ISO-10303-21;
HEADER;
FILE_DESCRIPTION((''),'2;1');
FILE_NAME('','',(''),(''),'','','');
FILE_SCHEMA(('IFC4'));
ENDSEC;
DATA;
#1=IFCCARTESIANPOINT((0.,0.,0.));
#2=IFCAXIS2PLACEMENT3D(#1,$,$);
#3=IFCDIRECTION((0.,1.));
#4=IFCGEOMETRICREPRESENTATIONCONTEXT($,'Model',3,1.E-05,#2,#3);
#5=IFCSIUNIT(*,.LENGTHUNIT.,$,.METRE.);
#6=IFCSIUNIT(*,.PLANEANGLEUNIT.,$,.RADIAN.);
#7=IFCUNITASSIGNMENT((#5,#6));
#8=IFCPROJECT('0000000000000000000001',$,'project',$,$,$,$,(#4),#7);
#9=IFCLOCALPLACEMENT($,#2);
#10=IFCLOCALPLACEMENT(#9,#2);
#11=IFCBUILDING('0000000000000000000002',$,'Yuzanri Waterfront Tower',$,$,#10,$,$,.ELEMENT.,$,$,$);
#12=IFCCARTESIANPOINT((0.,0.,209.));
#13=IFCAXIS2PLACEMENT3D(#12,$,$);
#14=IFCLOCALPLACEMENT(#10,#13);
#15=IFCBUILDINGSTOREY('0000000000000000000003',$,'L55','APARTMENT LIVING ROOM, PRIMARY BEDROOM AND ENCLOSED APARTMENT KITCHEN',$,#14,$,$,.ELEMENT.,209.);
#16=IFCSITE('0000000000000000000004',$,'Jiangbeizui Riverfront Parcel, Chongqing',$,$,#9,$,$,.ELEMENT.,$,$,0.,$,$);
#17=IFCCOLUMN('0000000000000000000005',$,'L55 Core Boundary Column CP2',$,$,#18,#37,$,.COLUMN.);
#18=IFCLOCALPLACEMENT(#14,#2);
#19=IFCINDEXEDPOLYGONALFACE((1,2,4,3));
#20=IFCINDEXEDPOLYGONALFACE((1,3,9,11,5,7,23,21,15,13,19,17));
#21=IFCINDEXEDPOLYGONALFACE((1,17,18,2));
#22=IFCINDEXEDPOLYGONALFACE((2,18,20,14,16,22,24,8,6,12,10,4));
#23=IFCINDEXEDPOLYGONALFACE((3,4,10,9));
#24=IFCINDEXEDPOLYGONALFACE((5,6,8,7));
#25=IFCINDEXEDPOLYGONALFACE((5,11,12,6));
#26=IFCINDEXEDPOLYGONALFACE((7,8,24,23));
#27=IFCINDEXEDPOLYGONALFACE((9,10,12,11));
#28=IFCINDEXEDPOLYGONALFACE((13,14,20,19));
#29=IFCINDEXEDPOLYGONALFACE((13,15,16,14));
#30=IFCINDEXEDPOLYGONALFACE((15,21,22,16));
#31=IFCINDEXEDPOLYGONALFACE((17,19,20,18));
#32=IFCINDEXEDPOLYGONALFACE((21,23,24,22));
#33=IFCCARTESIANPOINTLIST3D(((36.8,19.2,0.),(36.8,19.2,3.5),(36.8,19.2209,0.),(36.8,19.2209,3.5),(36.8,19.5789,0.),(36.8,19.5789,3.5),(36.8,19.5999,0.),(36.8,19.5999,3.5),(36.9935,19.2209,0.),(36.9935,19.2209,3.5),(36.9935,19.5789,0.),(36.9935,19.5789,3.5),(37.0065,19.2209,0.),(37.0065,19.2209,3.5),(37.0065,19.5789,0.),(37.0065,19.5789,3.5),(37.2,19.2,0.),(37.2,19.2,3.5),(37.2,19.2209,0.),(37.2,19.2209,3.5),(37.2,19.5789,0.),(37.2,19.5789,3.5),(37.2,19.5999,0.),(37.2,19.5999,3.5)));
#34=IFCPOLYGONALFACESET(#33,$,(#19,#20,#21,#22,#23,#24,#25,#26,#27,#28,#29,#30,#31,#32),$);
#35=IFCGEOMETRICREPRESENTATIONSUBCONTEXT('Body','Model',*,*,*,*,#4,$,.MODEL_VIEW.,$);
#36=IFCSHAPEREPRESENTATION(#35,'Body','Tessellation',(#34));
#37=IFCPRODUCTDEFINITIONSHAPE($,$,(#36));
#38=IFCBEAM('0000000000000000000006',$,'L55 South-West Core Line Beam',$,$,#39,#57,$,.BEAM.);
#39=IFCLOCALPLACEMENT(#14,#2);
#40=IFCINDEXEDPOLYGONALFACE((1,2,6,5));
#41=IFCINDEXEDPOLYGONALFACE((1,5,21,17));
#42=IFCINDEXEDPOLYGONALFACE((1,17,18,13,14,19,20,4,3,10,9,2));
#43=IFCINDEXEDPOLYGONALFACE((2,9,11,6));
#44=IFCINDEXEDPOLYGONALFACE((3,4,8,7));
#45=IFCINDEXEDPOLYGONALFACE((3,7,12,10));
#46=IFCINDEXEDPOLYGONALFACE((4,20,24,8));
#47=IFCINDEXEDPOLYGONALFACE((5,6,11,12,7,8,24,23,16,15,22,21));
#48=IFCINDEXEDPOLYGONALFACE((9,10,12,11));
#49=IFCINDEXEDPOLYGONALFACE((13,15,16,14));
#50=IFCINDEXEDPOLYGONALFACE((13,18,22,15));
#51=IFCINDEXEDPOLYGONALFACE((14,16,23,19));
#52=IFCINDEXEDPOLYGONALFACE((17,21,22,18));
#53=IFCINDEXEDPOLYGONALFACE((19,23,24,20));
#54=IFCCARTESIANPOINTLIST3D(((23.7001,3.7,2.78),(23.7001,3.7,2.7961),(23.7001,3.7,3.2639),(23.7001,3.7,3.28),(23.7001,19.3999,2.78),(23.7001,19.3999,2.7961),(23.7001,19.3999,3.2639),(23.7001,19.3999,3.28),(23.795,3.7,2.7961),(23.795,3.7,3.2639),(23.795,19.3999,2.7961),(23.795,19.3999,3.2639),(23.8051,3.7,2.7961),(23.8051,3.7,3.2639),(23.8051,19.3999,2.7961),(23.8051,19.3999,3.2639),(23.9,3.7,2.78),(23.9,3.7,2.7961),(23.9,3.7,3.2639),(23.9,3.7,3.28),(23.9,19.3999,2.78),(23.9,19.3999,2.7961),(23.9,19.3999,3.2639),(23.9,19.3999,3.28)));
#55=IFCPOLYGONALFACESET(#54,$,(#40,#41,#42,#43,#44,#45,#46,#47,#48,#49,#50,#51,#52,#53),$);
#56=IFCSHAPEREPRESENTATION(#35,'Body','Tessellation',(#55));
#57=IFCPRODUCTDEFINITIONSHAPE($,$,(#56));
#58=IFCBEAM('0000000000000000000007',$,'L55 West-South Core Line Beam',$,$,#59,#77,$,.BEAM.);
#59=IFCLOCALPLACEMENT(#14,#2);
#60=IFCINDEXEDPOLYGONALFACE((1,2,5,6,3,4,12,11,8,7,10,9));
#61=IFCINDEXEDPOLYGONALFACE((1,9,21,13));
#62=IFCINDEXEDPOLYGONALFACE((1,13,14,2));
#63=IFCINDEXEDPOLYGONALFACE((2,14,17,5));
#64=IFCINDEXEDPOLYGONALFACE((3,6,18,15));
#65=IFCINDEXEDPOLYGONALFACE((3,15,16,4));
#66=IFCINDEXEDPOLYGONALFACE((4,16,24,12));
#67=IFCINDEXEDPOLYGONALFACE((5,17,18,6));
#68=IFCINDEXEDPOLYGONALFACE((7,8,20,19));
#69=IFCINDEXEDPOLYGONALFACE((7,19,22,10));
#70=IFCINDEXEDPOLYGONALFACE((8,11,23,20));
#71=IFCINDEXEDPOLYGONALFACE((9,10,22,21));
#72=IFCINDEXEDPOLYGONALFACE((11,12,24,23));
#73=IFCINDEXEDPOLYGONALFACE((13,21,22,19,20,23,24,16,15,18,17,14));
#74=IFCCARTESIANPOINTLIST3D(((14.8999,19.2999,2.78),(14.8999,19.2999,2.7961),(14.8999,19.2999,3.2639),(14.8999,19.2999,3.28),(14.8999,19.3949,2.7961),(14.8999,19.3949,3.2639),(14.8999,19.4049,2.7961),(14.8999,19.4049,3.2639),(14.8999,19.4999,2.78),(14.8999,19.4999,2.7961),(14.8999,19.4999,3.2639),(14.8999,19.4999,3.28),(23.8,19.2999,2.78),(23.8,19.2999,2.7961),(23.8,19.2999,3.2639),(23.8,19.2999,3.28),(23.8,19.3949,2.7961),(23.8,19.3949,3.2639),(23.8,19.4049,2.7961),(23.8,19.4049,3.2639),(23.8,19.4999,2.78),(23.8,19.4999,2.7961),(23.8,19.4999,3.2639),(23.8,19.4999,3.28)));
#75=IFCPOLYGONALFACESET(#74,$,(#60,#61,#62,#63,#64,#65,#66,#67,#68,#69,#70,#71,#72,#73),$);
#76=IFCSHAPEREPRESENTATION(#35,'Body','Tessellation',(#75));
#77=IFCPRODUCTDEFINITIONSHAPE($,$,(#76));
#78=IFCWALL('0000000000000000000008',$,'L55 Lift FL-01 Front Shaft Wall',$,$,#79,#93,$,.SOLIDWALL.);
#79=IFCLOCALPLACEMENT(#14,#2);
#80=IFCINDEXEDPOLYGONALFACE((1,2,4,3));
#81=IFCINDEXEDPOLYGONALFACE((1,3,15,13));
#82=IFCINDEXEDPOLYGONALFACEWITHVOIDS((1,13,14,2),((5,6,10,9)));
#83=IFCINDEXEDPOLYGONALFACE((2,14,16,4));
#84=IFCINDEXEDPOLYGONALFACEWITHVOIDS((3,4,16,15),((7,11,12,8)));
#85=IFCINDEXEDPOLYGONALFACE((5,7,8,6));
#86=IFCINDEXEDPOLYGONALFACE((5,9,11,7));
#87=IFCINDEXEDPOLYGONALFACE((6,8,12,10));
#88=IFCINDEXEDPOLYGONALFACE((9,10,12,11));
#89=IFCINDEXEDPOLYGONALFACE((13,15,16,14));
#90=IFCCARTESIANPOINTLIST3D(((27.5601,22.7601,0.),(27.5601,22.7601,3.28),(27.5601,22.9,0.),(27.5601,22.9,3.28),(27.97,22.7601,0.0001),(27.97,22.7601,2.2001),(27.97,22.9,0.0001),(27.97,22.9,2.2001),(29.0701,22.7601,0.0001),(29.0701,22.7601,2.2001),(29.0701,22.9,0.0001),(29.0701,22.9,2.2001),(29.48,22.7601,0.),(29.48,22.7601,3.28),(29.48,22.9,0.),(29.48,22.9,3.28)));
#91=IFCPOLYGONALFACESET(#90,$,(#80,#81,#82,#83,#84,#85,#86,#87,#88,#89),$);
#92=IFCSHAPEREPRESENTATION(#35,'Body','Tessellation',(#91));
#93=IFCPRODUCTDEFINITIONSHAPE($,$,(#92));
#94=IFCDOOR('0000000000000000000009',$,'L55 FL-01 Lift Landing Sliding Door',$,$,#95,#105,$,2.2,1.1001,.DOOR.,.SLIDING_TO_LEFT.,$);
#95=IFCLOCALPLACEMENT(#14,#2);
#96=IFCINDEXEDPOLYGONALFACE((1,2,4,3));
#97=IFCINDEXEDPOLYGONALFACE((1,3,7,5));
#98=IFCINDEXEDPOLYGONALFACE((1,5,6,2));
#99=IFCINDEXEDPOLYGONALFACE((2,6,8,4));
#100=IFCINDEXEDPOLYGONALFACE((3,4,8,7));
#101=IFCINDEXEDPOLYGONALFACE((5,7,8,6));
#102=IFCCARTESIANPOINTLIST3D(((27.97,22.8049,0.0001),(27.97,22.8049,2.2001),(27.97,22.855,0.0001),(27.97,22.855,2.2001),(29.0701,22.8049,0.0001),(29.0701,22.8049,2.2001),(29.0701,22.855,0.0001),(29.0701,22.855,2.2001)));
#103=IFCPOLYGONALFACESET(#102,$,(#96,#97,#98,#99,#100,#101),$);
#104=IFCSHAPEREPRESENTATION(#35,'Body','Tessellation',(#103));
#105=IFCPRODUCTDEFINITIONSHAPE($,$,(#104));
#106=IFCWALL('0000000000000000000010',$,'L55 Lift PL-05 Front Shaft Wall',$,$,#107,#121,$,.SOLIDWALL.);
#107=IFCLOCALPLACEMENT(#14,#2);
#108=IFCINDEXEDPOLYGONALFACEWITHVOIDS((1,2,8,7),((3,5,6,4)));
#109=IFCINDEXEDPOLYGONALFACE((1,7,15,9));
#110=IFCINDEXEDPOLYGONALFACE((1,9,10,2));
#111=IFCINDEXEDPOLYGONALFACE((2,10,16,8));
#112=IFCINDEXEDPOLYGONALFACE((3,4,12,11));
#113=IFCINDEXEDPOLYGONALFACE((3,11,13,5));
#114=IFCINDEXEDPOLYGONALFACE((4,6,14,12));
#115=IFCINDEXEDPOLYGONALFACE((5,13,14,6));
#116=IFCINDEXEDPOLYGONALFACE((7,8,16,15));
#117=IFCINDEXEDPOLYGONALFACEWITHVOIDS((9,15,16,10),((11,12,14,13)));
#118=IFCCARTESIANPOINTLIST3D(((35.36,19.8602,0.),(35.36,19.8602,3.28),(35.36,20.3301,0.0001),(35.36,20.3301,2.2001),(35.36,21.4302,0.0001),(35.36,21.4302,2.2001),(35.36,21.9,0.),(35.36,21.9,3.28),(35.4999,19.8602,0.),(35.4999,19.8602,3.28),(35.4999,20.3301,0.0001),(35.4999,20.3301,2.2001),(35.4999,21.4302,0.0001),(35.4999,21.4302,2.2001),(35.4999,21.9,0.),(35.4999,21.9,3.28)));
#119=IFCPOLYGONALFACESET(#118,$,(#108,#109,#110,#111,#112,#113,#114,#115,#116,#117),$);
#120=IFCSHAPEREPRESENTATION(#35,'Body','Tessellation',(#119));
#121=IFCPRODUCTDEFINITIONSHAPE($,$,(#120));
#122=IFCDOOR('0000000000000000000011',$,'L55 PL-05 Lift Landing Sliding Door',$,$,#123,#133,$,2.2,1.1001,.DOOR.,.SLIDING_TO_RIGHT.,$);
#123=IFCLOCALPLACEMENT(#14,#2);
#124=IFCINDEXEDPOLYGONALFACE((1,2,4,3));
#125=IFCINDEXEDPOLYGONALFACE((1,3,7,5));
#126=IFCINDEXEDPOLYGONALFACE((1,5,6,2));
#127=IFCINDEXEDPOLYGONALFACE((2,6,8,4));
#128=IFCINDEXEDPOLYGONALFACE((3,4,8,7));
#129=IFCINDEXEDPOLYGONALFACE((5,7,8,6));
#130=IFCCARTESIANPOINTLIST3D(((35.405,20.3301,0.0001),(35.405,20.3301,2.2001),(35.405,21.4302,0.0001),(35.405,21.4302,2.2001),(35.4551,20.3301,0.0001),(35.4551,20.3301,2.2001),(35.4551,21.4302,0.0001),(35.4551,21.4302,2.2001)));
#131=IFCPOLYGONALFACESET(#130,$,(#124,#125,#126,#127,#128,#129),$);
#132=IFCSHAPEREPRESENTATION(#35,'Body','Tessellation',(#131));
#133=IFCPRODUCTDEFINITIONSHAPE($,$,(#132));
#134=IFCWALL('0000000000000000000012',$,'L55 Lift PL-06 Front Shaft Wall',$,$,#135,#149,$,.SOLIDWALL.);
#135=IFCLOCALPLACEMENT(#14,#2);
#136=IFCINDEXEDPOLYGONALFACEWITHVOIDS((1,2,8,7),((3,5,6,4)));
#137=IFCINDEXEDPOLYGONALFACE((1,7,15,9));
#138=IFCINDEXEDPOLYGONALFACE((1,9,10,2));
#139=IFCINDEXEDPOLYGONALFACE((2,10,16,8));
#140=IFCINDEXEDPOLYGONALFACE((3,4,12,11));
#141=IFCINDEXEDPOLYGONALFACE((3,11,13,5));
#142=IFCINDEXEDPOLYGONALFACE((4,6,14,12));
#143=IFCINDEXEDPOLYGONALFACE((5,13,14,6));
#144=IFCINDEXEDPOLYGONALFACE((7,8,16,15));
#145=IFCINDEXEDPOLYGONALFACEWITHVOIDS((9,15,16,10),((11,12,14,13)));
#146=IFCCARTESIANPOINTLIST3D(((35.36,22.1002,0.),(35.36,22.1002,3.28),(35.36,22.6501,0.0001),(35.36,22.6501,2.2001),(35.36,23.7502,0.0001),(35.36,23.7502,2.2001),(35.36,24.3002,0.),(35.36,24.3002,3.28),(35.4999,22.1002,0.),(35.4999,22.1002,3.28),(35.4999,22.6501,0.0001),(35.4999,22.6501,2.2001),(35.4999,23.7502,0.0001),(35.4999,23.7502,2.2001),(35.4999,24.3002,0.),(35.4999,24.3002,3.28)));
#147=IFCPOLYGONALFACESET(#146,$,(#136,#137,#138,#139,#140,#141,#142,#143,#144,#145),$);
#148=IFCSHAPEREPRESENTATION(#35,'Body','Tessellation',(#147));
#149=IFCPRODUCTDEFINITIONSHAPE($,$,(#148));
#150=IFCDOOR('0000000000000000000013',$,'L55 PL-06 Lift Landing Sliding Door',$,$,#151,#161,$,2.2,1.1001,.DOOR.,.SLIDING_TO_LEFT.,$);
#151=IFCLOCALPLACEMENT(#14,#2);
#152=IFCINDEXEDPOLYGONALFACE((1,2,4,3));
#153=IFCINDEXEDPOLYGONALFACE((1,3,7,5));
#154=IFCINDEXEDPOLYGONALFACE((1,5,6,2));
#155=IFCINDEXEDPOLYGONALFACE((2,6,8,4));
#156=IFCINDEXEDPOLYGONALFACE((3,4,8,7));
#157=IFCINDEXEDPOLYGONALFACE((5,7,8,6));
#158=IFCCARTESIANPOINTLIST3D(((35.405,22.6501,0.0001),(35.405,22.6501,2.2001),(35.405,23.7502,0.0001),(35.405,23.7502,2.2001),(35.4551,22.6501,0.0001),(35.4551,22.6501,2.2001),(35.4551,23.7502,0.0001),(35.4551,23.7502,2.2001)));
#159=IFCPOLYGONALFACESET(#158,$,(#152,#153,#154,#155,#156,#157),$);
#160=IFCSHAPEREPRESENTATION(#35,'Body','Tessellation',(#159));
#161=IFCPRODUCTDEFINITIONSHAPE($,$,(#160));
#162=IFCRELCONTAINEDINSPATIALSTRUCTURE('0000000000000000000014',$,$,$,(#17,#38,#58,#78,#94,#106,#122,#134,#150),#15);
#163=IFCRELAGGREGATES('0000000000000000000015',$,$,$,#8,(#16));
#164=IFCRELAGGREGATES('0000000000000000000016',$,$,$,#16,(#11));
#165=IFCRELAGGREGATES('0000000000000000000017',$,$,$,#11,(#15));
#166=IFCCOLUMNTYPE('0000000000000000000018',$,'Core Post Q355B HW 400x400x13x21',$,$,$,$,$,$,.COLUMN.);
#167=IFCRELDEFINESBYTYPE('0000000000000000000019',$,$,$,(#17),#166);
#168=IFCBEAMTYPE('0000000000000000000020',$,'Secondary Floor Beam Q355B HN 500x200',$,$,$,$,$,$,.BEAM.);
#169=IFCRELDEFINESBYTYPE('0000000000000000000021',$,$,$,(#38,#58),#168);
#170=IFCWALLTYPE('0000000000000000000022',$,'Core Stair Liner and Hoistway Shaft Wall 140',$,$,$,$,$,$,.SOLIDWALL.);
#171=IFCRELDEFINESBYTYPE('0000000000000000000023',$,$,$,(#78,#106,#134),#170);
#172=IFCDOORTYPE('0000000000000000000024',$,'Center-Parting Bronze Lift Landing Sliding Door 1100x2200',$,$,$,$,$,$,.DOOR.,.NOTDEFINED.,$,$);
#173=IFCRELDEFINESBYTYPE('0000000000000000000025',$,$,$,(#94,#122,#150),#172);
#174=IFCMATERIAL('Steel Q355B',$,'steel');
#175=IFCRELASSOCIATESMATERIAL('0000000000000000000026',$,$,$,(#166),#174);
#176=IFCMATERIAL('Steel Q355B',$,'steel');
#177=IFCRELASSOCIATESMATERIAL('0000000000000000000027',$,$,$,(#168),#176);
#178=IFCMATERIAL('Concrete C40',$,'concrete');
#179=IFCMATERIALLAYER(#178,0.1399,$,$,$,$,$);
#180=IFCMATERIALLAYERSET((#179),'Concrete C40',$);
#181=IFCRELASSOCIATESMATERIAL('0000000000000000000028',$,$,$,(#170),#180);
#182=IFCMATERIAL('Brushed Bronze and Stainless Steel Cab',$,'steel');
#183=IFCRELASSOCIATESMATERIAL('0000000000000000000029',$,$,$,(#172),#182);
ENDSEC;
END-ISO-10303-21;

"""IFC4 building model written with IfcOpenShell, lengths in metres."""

from ifc_helpers import new_model, si_unit, direction, frame, frame_2d, origin, origin_2d, place, context, subcontext, project, spatial, rectangle, i_section, extrude, source, transform, mapped, material, layer, layer_set, material_profile, profile_set, type_object, element, fill, save


model = new_model("IFC4")

# Units and contexts
model_context = context("Model", 3, precision=1e-05, world=origin(), true_north=direction((0.0, 1.0)))
body_context = subcontext(model_context, "Body", "Model", "MODEL_VIEW")
ifc_project = project(units=[si_unit("LENGTHUNIT", "METRE"), si_unit("PLANEANGLEUNIT", "RADIAN")], contexts=[model_context])

# Site, building, storey
site_placement = place(None, origin())
site = spatial("IfcSite", under=ifc_project, at=site_placement, Name="Jiangbeizui Riverfront Parcel, Chongqing", CompositionType="ELEMENT", RefElevation=0.0)
building_placement = place(site_placement, origin())
building = spatial("IfcBuilding", under=site, at=building_placement, Name="Yuzanri Waterfront Tower", CompositionType="ELEMENT")
storey_placement = place(building_placement, frame((0.0, 0.0, 209.0)))
storey = spatial("IfcBuildingStorey", under=building, at=storey_placement, Name="L55", Description="APARTMENT LIVING ROOM, PRIMARY BEDROOM AND ENCLOSED APARTMENT KITCHEN", CompositionType="ELEMENT", Elevation=209.0)

# Column
ifc_material_1 = material(Name="Steel Q355B", Category="steel")
ifc_material_profile_1 = material_profile(ifc_material_1, i_section(OverallWidth=0.3999, OverallDepth=0.3999, WebThickness=0.0129, FlangeThickness=0.021, at=origin_2d()), Name="HW 400x400x13x21")
ifc_profile_set_1 = profile_set([ifc_material_profile_1], Name="Steel Q355B")
column_type = type_object("IfcColumnType", Name="Core Post Q355B HW 400x400x13x21", PredefinedType="COLUMN", material=ifc_profile_set_1)
shared_shape_1 = source(origin(), body_context, "Body", "SweptSolid", [
    extrude(i_section(OverallWidth=0.3999, OverallDepth=0.3999, WebThickness=0.0129, FlangeThickness=0.021, at=origin_2d()), origin(), (0.0, 0.0, 1.0), 3.5),
])
column_placement = place(storey_placement, frame((37.0, 19.3999, 0.0), z_axis=(0.0, 0.0, 1.0), x_axis=(1.0, 0.0, 0.0)))
element("IfcColumn", 1, at=column_placement, inside=storey, type_object=column_type, Name="L55 Core Boundary Column CP2", PredefinedType="COLUMN", context=body_context, shape_type="MappedRepresentation", body=[
    mapped(shared_shape_1, transform((0.0, 0.0, 0.0), scale=1.0)),
])

# Beams
ifc_material_2 = material(Name="Steel Q355B", Category="steel")
ifc_material_profile_2 = material_profile(ifc_material_2, i_section(OverallWidth=0.2, OverallDepth=0.5, WebThickness=0.01, FlangeThickness=0.0161, at=origin_2d()), Name="HN 500x200x10x16")
ifc_profile_set_2 = profile_set([ifc_material_profile_2], Name="Steel Q355B")
beam_type = type_object("IfcBeamType", Name="Secondary Floor Beam Q355B HN 500x200", PredefinedType="BEAM", material=ifc_profile_set_2)
shared_shape_2 = source(origin(), body_context, "Body", "SweptSolid", [
    extrude(i_section(OverallWidth=0.2, OverallDepth=0.5, WebThickness=0.01, FlangeThickness=0.0161, at=origin_2d()), origin(), (0.0, 0.0, 1.0), 15.7),
])
beam_1_placement = place(storey_placement, frame((23.8, 19.3999, 3.03), z_axis=(0.0, -1.0, 0.0), x_axis=(1.0, 0.0, 0.0)))
element("IfcBeam", 2, at=beam_1_placement, inside=storey, type_object=beam_type, Name="L55 South-West Core Line Beam", PredefinedType="BEAM", context=body_context, shape_type="MappedRepresentation", body=[
    mapped(shared_shape_2, transform((0.0, 0.0, 0.0), scale=1.0)),
])
shared_shape_3 = source(origin(), body_context, "Body", "SweptSolid", [
    extrude(i_section(OverallWidth=0.2, OverallDepth=0.5, WebThickness=0.01, FlangeThickness=0.0161, at=origin_2d()), origin(), (0.0, 0.0, 1.0), 8.9001),
])
beam_2_placement = place(storey_placement, frame((23.8, 19.3999, 3.03), z_axis=(-1.0, 0.0, 0.0), x_axis=(0.0, -1.0, 0.0)))
element("IfcBeam", 3, at=beam_2_placement, inside=storey, type_object=beam_type, Name="L55 West-South Core Line Beam", PredefinedType="BEAM", context=body_context, shape_type="MappedRepresentation", body=[
    mapped(shared_shape_3, transform((0.0, 0.0, 0.0), scale=1.0)),
])

# Walls, openings, doors
ifc_material_3 = material(Name="Concrete C40", Category="concrete")
ifc_layer_1 = layer(ifc_material_3, 0.1399)
ifc_layer_set_1 = layer_set([ifc_layer_1], Name="Concrete C40")
wall_type_1 = type_object("IfcWallType", Name="Core Stair Liner and Hoistway Shaft Wall 140", PredefinedType="SOLIDWALL", material=ifc_layer_set_1)
wall_1_placement = place(storey_placement, frame((27.5601, 22.8301, 0.0), z_axis=(0.0, 0.0, 1.0), x_axis=(1.0, 0.0, 0.0)))
wall_1 = element("IfcWall", 4, at=wall_1_placement, inside=storey, type_object=wall_type_1, Name="L55 Lift FL-01 Front Shaft Wall", PredefinedType="SOLIDWALL", context=body_context, shape_type="SweptSolid", body=[
    extrude(rectangle(XDim=1.9199, YDim=0.1399, at=frame_2d((0.96, 0.0))), origin(), (0.0, 0.0, 1.0), 3.28),
])
opening_1_placement = place(wall_1_placement, frame((0.4099, 0.0, 0.0)))
opening_1 = element("IfcOpeningElement", 5, at=opening_1_placement, cuts=wall_1, PredefinedType="OPENING", context=body_context, shape_type="SweptSolid", body=[
    extrude(rectangle(XDim=1.1001, YDim=2.2, at=frame_2d((0.55, 1.1001))), frame((0.0, 0.085, 0.0), z_axis=(0.0, -1.0, 0.0), x_axis=(1.0, 0.0, 0.0)), (0.0, 0.0, 1.0), 0.1697),
])
ifc_material_4 = material(Name="Brushed Bronze and Stainless Steel Cab", Category="steel")
door_type_1 = type_object("IfcDoorType", Name="Center-Parting Bronze Lift Landing Sliding Door 1100x2200", OperationType="NOTDEFINED", PredefinedType="DOOR", material=ifc_material_4)
shared_shape_4 = source(origin(), body_context, "Body", "SweptSolid", [
    extrude(rectangle(XDim=1.1001, YDim=2.2, at=frame_2d((0.55, 1.1001))), frame((0.0, 0.0249, 0.0), z_axis=(0.0, -1.0, 0.0), x_axis=(1.0, 0.0, 0.0)), (0.0, 0.0, 1.0), 0.05),
])
door_1_placement = place(opening_1_placement, origin())
door_1 = element("IfcDoor", 6, at=door_1_placement, inside=storey, type_object=door_type_1, Name="L55 FL-01 Lift Landing Sliding Door", OperationType="SLIDING_TO_LEFT", OverallHeight=2.2, OverallWidth=1.1001, PredefinedType="DOOR", context=body_context, shape_type="MappedRepresentation", body=[
    mapped(shared_shape_4, transform((0.0, 0.0, 0.0), scale=1.0)),
])
fill(opening_1, door_1)
wall_2_placement = place(storey_placement, frame((35.4299, 19.8601, 0.0), z_axis=(0.0, 0.0, 1.0), x_axis=(0.0, 1.0, 0.0)))
wall_2 = element("IfcWall", 7, at=wall_2_placement, inside=storey, type_object=wall_type_1, Name="L55 Lift PL-05 Front Shaft Wall", PredefinedType="SOLIDWALL", context=body_context, shape_type="SweptSolid", body=[
    extrude(rectangle(XDim=2.0398, YDim=0.1399, at=frame_2d((1.02, 0.0))), origin(), (0.0, 0.0, 1.0), 3.28),
])
opening_2_placement = place(wall_2_placement, frame((0.47, 0.0, 0.0)))
opening_2 = element("IfcOpeningElement", 8, at=opening_2_placement, cuts=wall_2, PredefinedType="OPENING", context=body_context, shape_type="SweptSolid", body=[
    extrude(rectangle(XDim=1.1001, YDim=2.2, at=frame_2d((0.55, 1.1001))), frame((0.0, 0.085, 0.0), z_axis=(0.0, -1.0, 0.0), x_axis=(1.0, 0.0, 0.0)), (0.0, 0.0, 1.0), 0.1697),
])
door_2_placement = place(opening_2_placement, origin())
door_2 = element("IfcDoor", 9, at=door_2_placement, inside=storey, type_object=door_type_1, Name="L55 PL-05 Lift Landing Sliding Door", OperationType="SLIDING_TO_RIGHT", OverallHeight=2.2, OverallWidth=1.1001, PredefinedType="DOOR", context=body_context, shape_type="MappedRepresentation", body=[
    mapped(shared_shape_4, transform((0.0, 0.0, 0.0), scale=1.0)),
])
fill(opening_2, door_2)
wall_3_placement = place(storey_placement, frame((35.4299, 22.1001, 0.0), z_axis=(0.0, 0.0, 1.0), x_axis=(0.0, 1.0, 0.0)))
wall_3 = element("IfcWall", 10, at=wall_3_placement, inside=storey, type_object=wall_type_1, Name="L55 Lift PL-06 Front Shaft Wall", PredefinedType="SOLIDWALL", context=body_context, shape_type="SweptSolid", body=[
    extrude(rectangle(XDim=2.2, YDim=0.1399, at=frame_2d((1.1001, 0.0))), origin(), (0.0, 0.0, 1.0), 3.28),
])
opening_3_placement = place(wall_3_placement, frame((0.55, 0.0, 0.0)))
opening_3 = element("IfcOpeningElement", 11, at=opening_3_placement, cuts=wall_3, PredefinedType="OPENING", context=body_context, shape_type="SweptSolid", body=[
    extrude(rectangle(XDim=1.1001, YDim=2.2, at=frame_2d((0.55, 1.1001))), frame((0.0, 0.085, 0.0), z_axis=(0.0, -1.0, 0.0), x_axis=(1.0, 0.0, 0.0)), (0.0, 0.0, 1.0), 0.1697),
])
door_3_placement = place(opening_3_placement, origin())
door_3 = element("IfcDoor", 12, at=door_3_placement, inside=storey, type_object=door_type_1, Name="L55 PL-06 Lift Landing Sliding Door", OperationType="SLIDING_TO_LEFT", OverallHeight=2.2, OverallWidth=1.1001, PredefinedType="DOOR", context=body_context, shape_type="MappedRepresentation", body=[
    mapped(shared_shape_4, transform((0.0, 0.0, 0.0), scale=1.0)),
])
fill(opening_3, door_3)

save(model, "model.ifc")
